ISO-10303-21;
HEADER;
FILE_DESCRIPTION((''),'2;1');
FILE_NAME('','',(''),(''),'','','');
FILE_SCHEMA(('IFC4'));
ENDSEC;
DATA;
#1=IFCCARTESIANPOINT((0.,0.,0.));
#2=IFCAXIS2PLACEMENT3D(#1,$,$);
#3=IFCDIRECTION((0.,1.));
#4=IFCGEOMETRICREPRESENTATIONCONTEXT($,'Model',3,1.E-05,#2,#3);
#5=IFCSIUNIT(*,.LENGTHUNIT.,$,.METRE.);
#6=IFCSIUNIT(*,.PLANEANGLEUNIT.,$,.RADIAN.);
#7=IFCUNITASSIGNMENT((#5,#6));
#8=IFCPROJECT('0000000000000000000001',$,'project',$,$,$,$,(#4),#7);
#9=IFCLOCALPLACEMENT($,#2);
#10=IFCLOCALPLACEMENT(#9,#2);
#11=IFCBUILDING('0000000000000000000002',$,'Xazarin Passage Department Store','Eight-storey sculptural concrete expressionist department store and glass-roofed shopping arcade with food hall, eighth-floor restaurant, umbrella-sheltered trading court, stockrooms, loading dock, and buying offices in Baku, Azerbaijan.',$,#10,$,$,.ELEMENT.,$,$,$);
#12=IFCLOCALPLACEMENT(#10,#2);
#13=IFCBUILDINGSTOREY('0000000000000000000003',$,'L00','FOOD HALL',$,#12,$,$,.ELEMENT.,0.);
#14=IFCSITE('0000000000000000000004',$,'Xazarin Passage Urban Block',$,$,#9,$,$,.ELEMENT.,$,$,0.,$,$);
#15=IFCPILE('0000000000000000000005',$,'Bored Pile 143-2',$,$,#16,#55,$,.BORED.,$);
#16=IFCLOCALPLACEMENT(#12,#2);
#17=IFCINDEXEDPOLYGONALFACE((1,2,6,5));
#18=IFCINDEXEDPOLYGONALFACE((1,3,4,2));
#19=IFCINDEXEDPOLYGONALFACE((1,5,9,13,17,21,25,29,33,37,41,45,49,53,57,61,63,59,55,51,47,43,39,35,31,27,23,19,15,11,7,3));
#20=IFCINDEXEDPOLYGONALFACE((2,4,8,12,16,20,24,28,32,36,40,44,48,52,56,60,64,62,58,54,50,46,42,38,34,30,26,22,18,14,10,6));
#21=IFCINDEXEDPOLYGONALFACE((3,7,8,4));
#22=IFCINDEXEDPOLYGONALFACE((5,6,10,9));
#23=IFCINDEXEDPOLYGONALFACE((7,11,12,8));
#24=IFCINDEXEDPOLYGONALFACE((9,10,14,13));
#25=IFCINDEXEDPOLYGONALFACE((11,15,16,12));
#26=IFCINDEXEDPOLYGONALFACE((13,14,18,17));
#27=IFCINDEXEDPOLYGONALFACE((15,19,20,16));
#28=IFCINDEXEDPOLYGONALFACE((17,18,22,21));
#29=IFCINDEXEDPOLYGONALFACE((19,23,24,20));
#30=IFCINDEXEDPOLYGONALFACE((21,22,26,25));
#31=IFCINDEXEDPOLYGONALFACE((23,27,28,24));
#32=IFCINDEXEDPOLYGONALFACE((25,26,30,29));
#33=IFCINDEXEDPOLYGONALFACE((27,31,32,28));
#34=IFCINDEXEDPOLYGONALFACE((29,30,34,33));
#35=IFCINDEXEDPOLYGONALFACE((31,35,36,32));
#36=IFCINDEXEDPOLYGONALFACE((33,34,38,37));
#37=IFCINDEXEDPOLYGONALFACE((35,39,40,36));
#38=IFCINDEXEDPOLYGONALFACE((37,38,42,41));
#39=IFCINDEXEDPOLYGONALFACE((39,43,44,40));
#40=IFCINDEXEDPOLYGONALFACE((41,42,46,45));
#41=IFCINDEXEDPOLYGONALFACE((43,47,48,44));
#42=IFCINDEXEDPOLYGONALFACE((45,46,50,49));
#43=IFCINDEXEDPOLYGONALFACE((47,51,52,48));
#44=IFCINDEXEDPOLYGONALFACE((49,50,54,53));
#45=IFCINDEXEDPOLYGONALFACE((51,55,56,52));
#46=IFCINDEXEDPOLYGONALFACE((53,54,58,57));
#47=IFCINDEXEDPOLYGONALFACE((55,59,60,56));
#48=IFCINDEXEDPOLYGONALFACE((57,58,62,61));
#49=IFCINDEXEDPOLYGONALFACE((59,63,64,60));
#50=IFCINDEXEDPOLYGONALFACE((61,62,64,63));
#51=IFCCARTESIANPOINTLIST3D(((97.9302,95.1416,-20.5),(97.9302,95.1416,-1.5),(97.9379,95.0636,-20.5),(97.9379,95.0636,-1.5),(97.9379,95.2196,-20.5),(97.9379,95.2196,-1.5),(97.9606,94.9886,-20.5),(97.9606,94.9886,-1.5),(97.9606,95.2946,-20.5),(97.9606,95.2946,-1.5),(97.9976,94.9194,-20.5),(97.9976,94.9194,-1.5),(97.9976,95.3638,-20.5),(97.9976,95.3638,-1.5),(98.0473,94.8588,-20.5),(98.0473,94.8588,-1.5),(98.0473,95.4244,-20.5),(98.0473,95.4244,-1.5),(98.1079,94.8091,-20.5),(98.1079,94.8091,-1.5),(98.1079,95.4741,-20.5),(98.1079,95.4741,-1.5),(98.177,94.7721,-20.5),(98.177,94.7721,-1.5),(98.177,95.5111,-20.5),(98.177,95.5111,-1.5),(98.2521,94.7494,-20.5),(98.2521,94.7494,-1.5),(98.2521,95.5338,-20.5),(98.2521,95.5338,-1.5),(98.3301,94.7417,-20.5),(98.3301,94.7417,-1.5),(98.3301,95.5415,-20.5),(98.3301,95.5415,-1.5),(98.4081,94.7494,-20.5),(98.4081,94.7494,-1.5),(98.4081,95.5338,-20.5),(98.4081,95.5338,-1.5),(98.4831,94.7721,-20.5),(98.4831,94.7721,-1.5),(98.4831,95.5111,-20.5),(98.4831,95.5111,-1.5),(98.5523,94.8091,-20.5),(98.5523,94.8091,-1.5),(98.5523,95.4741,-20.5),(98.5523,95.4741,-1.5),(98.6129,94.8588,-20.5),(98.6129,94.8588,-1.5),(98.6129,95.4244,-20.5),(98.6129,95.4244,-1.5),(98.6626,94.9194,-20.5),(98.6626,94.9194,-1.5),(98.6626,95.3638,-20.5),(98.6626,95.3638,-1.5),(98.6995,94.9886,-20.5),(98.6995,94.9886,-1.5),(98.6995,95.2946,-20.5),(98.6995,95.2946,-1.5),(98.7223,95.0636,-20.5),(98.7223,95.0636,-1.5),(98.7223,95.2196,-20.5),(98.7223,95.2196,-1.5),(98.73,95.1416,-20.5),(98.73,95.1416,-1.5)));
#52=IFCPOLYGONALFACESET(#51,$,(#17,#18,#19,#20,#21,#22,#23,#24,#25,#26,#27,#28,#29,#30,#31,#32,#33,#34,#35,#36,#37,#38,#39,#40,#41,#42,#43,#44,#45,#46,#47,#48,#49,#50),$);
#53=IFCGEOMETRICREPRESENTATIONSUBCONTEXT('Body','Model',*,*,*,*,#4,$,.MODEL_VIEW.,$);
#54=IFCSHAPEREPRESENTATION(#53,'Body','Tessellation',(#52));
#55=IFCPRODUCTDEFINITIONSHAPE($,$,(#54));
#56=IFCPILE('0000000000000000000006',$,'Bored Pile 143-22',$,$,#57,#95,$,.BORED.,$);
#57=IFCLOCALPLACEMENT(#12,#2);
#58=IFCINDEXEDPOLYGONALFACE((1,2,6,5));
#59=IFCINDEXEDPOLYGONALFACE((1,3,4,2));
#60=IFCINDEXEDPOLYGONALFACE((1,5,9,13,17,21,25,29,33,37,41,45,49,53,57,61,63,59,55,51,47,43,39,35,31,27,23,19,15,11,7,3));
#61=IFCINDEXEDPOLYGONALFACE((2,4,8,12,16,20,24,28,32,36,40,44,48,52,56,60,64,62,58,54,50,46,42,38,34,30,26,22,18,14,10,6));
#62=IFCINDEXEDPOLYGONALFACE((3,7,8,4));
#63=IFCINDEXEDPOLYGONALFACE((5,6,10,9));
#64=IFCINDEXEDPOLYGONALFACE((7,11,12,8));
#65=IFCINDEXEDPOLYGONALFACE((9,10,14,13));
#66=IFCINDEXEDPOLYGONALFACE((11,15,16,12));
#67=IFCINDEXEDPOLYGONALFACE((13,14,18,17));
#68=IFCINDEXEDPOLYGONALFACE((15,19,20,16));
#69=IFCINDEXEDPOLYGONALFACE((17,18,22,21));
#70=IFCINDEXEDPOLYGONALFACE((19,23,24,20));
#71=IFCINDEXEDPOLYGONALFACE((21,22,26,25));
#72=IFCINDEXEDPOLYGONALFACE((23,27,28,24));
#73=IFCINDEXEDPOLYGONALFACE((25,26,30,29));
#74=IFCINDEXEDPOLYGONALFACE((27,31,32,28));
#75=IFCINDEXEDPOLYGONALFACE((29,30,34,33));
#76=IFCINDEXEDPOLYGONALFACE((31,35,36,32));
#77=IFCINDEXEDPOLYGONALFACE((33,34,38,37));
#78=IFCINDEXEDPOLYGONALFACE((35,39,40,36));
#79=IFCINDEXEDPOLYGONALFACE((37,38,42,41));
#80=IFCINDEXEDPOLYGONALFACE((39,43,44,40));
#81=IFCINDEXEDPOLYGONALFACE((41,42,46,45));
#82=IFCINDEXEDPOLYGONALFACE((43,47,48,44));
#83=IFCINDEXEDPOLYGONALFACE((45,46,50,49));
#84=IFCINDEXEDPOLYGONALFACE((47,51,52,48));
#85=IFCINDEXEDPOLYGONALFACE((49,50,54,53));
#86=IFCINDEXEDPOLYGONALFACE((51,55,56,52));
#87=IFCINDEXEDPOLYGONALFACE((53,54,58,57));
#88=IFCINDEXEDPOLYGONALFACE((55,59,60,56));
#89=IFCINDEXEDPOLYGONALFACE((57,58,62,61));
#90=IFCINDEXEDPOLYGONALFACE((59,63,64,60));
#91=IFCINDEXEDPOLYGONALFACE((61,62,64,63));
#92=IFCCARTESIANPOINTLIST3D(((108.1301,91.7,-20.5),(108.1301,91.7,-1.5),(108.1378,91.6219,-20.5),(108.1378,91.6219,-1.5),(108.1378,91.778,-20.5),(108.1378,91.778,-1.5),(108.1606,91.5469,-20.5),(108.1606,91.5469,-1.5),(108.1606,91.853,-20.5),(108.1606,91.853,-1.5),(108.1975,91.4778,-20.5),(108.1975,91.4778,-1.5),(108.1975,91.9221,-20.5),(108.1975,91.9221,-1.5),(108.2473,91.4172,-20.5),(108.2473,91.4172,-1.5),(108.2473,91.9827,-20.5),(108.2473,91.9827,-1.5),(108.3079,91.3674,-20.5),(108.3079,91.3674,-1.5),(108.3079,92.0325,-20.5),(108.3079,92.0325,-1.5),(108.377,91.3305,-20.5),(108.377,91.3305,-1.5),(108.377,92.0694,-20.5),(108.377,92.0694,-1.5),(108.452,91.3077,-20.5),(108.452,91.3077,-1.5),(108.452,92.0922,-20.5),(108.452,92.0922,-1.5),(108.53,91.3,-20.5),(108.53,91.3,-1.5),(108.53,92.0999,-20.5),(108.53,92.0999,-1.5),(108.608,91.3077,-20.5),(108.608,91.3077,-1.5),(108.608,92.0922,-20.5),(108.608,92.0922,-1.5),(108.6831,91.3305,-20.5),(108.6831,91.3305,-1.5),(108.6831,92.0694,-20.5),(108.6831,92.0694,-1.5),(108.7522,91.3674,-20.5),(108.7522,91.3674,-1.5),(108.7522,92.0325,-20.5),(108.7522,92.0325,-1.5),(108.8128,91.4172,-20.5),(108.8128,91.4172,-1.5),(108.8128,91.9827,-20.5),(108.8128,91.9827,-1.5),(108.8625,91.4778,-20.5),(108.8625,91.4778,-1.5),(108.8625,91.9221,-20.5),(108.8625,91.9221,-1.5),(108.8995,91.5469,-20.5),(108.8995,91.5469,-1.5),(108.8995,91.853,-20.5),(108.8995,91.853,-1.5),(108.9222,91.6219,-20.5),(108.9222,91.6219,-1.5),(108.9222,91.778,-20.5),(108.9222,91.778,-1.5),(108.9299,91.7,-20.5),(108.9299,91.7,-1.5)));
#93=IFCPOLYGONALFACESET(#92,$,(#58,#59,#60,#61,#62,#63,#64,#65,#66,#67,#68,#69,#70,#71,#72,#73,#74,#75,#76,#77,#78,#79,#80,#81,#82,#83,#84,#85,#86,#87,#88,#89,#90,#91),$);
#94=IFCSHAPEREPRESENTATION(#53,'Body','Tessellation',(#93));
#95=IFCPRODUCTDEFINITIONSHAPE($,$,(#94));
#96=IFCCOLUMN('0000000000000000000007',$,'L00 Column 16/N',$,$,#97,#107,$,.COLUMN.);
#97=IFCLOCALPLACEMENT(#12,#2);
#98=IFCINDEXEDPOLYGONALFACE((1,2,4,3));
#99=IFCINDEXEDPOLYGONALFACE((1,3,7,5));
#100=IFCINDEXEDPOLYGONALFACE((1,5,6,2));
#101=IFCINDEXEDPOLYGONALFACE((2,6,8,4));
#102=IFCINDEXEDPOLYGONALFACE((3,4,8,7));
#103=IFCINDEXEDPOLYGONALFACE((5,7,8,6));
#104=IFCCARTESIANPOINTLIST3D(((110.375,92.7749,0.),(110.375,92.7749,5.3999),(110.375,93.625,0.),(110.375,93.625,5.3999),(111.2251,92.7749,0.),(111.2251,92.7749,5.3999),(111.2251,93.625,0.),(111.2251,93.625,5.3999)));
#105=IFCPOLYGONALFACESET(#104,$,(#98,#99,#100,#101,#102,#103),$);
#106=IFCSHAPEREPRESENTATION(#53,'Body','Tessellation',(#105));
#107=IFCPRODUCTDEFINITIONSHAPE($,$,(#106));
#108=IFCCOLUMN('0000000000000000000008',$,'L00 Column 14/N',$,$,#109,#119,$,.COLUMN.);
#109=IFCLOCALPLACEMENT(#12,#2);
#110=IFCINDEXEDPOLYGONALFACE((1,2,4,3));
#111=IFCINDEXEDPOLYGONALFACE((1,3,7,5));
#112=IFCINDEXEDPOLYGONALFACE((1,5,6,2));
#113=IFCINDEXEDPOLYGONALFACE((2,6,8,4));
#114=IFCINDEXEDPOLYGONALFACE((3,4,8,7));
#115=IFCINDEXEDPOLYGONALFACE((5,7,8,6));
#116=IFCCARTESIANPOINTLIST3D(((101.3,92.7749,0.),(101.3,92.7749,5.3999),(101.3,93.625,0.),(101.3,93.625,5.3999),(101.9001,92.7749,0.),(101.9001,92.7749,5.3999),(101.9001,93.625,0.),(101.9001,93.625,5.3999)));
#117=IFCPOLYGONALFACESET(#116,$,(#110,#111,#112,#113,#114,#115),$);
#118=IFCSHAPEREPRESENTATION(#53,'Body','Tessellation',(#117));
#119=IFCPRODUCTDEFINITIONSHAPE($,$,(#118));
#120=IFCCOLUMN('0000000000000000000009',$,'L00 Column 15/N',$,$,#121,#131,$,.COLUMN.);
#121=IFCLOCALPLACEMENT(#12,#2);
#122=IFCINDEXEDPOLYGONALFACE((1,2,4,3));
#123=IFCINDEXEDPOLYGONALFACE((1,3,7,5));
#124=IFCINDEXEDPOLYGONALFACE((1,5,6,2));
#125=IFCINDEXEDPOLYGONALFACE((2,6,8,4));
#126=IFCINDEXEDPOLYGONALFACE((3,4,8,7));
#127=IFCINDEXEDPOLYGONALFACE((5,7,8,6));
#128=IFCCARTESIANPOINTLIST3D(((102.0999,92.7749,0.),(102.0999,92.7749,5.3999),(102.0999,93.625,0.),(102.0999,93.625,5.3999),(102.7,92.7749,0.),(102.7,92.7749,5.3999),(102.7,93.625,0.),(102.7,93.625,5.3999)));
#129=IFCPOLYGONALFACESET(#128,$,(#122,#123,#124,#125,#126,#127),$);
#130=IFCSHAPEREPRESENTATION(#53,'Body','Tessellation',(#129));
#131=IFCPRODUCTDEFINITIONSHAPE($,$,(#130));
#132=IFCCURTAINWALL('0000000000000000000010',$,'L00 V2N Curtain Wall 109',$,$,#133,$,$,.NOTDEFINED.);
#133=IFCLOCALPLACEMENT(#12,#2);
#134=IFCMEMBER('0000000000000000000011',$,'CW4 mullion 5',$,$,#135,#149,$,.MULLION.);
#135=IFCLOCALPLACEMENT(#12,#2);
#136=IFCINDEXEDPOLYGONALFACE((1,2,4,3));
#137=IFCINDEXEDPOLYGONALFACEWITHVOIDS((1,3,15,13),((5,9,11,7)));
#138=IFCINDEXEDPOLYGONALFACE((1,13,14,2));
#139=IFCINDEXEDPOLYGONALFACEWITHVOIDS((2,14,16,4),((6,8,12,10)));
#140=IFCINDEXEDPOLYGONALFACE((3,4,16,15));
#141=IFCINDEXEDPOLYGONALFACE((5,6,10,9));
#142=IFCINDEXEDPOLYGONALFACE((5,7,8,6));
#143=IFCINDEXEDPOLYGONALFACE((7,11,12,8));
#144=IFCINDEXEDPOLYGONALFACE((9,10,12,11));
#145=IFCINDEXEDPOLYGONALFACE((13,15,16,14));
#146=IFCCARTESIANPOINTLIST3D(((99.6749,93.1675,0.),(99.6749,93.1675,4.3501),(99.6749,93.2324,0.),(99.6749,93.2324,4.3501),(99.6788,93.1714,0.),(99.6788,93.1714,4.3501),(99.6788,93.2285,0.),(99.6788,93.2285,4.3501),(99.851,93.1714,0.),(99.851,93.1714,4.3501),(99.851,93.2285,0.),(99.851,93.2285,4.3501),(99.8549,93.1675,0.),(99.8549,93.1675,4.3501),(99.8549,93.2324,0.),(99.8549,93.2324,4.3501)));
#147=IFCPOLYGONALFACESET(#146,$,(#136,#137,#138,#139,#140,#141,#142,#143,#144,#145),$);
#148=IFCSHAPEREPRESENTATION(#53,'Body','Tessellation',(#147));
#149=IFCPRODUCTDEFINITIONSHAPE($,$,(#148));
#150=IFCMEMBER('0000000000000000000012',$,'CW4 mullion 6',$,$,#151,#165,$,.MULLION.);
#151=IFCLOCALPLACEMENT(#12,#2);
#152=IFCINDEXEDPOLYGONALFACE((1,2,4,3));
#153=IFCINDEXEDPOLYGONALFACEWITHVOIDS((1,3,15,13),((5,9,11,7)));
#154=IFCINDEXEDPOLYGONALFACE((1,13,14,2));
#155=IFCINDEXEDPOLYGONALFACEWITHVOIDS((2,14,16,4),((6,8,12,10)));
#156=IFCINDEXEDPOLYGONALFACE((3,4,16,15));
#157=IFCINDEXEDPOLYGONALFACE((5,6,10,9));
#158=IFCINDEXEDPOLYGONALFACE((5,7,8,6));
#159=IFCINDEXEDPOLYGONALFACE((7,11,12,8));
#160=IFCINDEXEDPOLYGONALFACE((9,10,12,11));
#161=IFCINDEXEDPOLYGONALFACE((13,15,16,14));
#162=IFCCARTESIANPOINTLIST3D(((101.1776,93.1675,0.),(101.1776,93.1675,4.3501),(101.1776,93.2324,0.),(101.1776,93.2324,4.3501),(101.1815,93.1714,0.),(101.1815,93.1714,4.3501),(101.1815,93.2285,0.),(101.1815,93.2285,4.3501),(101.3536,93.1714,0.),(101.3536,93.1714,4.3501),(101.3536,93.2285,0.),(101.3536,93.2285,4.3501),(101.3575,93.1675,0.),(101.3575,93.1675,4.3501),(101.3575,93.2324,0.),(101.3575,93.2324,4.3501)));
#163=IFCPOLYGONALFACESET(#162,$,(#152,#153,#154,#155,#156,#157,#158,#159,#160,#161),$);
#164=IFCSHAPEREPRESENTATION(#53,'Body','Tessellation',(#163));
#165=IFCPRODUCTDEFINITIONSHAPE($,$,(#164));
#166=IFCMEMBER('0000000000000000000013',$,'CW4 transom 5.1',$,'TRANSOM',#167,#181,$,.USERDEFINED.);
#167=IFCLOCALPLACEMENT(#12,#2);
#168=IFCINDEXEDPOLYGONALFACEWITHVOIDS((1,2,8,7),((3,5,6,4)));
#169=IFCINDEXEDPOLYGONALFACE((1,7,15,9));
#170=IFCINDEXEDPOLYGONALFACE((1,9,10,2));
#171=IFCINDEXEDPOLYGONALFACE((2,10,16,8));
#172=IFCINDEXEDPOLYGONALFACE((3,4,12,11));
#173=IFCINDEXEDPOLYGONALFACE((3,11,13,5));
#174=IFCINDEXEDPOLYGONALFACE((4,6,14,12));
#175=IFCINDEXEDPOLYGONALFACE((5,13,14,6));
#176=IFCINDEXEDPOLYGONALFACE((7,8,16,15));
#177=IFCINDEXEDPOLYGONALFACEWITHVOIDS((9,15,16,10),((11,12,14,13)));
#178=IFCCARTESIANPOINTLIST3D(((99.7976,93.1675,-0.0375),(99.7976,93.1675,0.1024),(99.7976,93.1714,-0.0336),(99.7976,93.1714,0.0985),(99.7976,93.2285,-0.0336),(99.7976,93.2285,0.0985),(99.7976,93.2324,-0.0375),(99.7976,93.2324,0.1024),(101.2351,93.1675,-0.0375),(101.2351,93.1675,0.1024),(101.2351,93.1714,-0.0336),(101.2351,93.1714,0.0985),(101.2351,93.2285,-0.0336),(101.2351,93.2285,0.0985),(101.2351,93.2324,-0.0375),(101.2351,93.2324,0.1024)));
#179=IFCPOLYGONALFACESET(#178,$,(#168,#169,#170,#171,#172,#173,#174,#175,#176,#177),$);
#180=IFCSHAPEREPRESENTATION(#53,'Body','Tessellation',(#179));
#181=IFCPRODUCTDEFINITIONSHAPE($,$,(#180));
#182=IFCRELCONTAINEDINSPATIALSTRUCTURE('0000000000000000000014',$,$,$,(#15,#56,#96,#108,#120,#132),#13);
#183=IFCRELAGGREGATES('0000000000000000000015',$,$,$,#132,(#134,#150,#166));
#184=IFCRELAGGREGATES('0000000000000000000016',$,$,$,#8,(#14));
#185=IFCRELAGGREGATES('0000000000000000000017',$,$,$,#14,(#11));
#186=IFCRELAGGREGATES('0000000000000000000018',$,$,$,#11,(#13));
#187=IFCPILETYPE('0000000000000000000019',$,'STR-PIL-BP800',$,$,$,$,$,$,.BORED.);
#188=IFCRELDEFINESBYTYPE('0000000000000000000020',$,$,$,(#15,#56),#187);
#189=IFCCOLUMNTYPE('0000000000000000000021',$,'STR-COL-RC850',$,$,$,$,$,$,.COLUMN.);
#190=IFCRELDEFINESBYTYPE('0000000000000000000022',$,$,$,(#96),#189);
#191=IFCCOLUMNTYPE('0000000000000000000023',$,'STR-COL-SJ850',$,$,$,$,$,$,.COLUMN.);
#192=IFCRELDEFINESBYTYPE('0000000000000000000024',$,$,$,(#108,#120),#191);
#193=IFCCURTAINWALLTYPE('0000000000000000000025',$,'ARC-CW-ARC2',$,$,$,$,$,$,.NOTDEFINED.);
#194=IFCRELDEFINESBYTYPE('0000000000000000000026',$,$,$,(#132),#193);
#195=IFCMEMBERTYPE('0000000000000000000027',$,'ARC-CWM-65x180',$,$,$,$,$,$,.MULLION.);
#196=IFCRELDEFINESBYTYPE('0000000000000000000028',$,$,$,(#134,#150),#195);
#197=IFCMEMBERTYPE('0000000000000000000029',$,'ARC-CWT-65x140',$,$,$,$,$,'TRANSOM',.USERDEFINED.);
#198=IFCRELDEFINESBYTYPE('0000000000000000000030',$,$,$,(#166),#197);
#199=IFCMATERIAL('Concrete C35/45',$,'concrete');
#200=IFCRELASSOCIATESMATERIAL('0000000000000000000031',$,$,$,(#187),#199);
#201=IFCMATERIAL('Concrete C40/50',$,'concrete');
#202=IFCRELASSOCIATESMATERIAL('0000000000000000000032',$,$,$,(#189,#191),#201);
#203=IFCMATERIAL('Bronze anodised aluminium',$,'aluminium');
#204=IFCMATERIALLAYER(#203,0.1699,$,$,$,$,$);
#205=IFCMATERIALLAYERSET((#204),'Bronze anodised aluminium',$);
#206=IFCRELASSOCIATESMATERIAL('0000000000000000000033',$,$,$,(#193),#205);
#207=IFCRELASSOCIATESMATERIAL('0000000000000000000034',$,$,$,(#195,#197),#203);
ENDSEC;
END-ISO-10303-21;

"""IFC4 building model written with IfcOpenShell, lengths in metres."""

from ifc_helpers import new_model, si_unit, direction, frame, origin, origin_2d, place, context, subcontext, project, spatial, rectangle, hollow_rectangle, circle, extrude, material, layer, layer_set, material_profile, profile_set, type_object, element, aggregate, save


model = new_model("IFC4")

# Units and contexts
model_context = context("Model", 3, precision=1e-05, world=origin(), true_north=direction((0.0, 1.0)))
body_context = subcontext(model_context, "Body", "Model", "MODEL_VIEW")
ifc_project = project(units=[si_unit("LENGTHUNIT", "METRE"), si_unit("PLANEANGLEUNIT", "RADIAN")], contexts=[model_context])

# Site, building, storey
site_placement = place(None, origin())
site = spatial("IfcSite", under=ifc_project, at=site_placement, Name="Xazarin Passage Urban Block", CompositionType="ELEMENT", RefElevation=0.0)
building_placement = place(site_placement, origin())
building = spatial("IfcBuilding", under=site, at=building_placement, Name="Xazarin Passage Department Store", Description="Eight-storey sculptural concrete expressionist department store and glass-roofed shopping arcade with food hall, eighth-floor restaurant, umbrella-sheltered trading court, stockrooms, loading dock, and buying offices in Baku, Azerbaijan.", CompositionType="ELEMENT")
storey_placement = place(building_placement, origin())
storey = spatial("IfcBuildingStorey", under=building, at=storey_placement, Name="L00", Description="FOOD HALL", CompositionType="ELEMENT", Elevation=0.0)

# Piles
ifc_material_1 = material(Name="Concrete C35/45", Category="concrete")
ifc_material_profile_1 = material_profile(ifc_material_1, circle(Radius=0.3999, at=origin_2d()), Name="BP 800")
ifc_profile_set_1 = profile_set([ifc_material_profile_1], Name="Concrete C35/45")
pile_type_1 = type_object("IfcPileType", Name="STR-PIL-BP800", PredefinedType="BORED", material=ifc_profile_set_1)
for number, where, z_axis, x_axis, name in (
    (1, (98.3301, 95.1416, -1.5), (0.0, 0.0, -1.0), (1.0, 0.0, 0.0), "Bored Pile 143-2"),
    (2, (108.53, 91.7, -1.5), (0.0, 0.0, -1.0), (1.0, 0.0, 0.0), "Bored Pile 143-22"),
):
    element("IfcPile", number, at=place(storey_placement, frame(where, z_axis=z_axis, x_axis=x_axis)), inside=storey, type_object=pile_type_1, Name=name, PredefinedType="BORED", context=body_context, shape_type="SweptSolid", body=[
        extrude(circle(Radius=0.3999, at=origin_2d()), origin(), (0.0, 0.0, 1.0), 19.0),
    ])

# Columns
ifc_material_2 = material(Name="Concrete C40/50", Category="concrete")
ifc_material_profile_2 = material_profile(ifc_material_2, rectangle(XDim=0.8501, YDim=0.8501, at=origin_2d()), Name="RC 850x850")
ifc_profile_set_2 = profile_set([ifc_material_profile_2], Name="Concrete C40/50")
column_type_1 = type_object("IfcColumnType", Name="STR-COL-RC850", PredefinedType="COLUMN", material=ifc_profile_set_2)
column_placement = place(storey_placement, frame((110.8, 93.2, 0.0), z_axis=(0.0, 0.0, 1.0), x_axis=(1.0, 0.0, 0.0)))
element("IfcColumn", 3, at=column_placement, inside=storey, type_object=column_type_1, Name="L00 Column 16/N", PredefinedType="COLUMN", context=body_context, shape_type="SweptSolid", body=[
    extrude(rectangle(XDim=0.8501, YDim=0.8501, at=origin_2d()), origin(), (0.0, 0.0, 1.0), 5.3999),
])
ifc_material_profile_3 = material_profile(ifc_material_2, rectangle(XDim=0.6001, YDim=0.8501, at=origin_2d()), Name="RC 600x850")
ifc_profile_set_3 = profile_set([ifc_material_profile_3], Name="Concrete C40/50")
column_type_2 = type_object("IfcColumnType", Name="STR-COL-SJ850", PredefinedType="COLUMN", material=ifc_profile_set_3)
for number, where, z_axis, x_axis, name in (
    (4, (101.6001, 93.2, 0.0), (0.0, 0.0, 1.0), (1.0, 0.0, 0.0), "L00 Column 14/N"),
    (5, (102.3999, 93.2, 0.0), (0.0, 0.0, 1.0), (1.0, 0.0, 0.0), "L00 Column 15/N"),
):
    element("IfcColumn", number, at=place(storey_placement, frame(where, z_axis=z_axis, x_axis=x_axis)), inside=storey, type_object=column_type_2, Name=name, PredefinedType="COLUMN", context=body_context, shape_type="SweptSolid", body=[
        extrude(rectangle(XDim=0.6001, YDim=0.8501, at=origin_2d()), origin(), (0.0, 0.0, 1.0), 5.3999),
    ])

# Curtain wall, members
ifc_material_3 = material(Name="Bronze anodised aluminium", Category="aluminium")
ifc_layer_1 = layer(ifc_material_3, 0.1699)
ifc_layer_set_1 = layer_set([ifc_layer_1], Name="Bronze anodised aluminium")
curtain_wall_type = type_object("IfcCurtainWallType", Name="ARC-CW-ARC2", PredefinedType="NOTDEFINED", material=ifc_layer_set_1)
curtain_wall_placement = place(storey_placement, origin())
curtain_wall = element("IfcCurtainWall", 6, at=curtain_wall_placement, inside=storey, type_object=curtain_wall_type, Name="L00 V2N Curtain Wall 109", PredefinedType="NOTDEFINED")
ifc_material_profile_4 = material_profile(ifc_material_3, hollow_rectangle(XDim=0.0649, YDim=0.1799, WallThickness=0.0039, at=origin_2d()), Name="ALU 65x180")
ifc_profile_set_4 = profile_set([ifc_material_profile_4], Name="Bronze anodised aluminium")
member_type_1 = type_object("IfcMemberType", Name="ARC-CWM-65x180", PredefinedType="MULLION", material=ifc_profile_set_4)
member_1_placement = place(storey_placement, frame((99.7649, 93.2, 0.0), z_axis=(0.0, 0.0, 1.0), x_axis=(0.0, 1.0, 0.0)))
member_1 = element("IfcMember", 7, at=member_1_placement, type_object=member_type_1, Name="CW4 mullion 5", PredefinedType="MULLION", context=body_context, shape_type="SweptSolid", body=[
    extrude(hollow_rectangle(XDim=0.0649, YDim=0.1799, WallThickness=0.0039, at=origin_2d()), origin(), (0.0, 0.0, 1.0), 4.3501),
])
member_2_placement = place(storey_placement, frame((101.2676, 93.2, 0.0), z_axis=(0.0, 0.0, 1.0), x_axis=(0.0, 1.0, 0.0)))
member_2 = element("IfcMember", 8, at=member_2_placement, type_object=member_type_1, Name="CW4 mullion 6", PredefinedType="MULLION", context=body_context, shape_type="SweptSolid", body=[
    extrude(hollow_rectangle(XDim=0.0649, YDim=0.1799, WallThickness=0.0039, at=origin_2d()), origin(), (0.0, 0.0, 1.0), 4.3501),
])
ifc_material_profile_5 = material_profile(ifc_material_3, hollow_rectangle(XDim=0.0649, YDim=0.1399, WallThickness=0.0039, at=origin_2d()), Name="ALU 65x140")
ifc_profile_set_5 = profile_set([ifc_material_profile_5], Name="Bronze anodised aluminium")
member_type_2 = type_object("IfcMemberType", Name="ARC-CWT-65x140", ElementType="TRANSOM", PredefinedType="USERDEFINED", material=ifc_profile_set_5)
member_3_placement = place(storey_placement, frame((99.7976, 93.2, 0.0325), z_axis=(1.0, 0.0, 0.0), x_axis=(0.0, 1.0, 0.0)))
member_3 = element("IfcMember", 9, at=member_3_placement, type_object=member_type_2, Name="CW4 transom 5.1", ObjectType="TRANSOM", PredefinedType="USERDEFINED", context=body_context, shape_type="SweptSolid", body=[
    extrude(hollow_rectangle(XDim=0.0649, YDim=0.1399, WallThickness=0.0039, at=origin_2d()), origin(), (0.0, 0.0, 1.0), 1.4375),
])
aggregate(curtain_wall, [member_1, member_2, member_3])

save(model, "model.ifc")
